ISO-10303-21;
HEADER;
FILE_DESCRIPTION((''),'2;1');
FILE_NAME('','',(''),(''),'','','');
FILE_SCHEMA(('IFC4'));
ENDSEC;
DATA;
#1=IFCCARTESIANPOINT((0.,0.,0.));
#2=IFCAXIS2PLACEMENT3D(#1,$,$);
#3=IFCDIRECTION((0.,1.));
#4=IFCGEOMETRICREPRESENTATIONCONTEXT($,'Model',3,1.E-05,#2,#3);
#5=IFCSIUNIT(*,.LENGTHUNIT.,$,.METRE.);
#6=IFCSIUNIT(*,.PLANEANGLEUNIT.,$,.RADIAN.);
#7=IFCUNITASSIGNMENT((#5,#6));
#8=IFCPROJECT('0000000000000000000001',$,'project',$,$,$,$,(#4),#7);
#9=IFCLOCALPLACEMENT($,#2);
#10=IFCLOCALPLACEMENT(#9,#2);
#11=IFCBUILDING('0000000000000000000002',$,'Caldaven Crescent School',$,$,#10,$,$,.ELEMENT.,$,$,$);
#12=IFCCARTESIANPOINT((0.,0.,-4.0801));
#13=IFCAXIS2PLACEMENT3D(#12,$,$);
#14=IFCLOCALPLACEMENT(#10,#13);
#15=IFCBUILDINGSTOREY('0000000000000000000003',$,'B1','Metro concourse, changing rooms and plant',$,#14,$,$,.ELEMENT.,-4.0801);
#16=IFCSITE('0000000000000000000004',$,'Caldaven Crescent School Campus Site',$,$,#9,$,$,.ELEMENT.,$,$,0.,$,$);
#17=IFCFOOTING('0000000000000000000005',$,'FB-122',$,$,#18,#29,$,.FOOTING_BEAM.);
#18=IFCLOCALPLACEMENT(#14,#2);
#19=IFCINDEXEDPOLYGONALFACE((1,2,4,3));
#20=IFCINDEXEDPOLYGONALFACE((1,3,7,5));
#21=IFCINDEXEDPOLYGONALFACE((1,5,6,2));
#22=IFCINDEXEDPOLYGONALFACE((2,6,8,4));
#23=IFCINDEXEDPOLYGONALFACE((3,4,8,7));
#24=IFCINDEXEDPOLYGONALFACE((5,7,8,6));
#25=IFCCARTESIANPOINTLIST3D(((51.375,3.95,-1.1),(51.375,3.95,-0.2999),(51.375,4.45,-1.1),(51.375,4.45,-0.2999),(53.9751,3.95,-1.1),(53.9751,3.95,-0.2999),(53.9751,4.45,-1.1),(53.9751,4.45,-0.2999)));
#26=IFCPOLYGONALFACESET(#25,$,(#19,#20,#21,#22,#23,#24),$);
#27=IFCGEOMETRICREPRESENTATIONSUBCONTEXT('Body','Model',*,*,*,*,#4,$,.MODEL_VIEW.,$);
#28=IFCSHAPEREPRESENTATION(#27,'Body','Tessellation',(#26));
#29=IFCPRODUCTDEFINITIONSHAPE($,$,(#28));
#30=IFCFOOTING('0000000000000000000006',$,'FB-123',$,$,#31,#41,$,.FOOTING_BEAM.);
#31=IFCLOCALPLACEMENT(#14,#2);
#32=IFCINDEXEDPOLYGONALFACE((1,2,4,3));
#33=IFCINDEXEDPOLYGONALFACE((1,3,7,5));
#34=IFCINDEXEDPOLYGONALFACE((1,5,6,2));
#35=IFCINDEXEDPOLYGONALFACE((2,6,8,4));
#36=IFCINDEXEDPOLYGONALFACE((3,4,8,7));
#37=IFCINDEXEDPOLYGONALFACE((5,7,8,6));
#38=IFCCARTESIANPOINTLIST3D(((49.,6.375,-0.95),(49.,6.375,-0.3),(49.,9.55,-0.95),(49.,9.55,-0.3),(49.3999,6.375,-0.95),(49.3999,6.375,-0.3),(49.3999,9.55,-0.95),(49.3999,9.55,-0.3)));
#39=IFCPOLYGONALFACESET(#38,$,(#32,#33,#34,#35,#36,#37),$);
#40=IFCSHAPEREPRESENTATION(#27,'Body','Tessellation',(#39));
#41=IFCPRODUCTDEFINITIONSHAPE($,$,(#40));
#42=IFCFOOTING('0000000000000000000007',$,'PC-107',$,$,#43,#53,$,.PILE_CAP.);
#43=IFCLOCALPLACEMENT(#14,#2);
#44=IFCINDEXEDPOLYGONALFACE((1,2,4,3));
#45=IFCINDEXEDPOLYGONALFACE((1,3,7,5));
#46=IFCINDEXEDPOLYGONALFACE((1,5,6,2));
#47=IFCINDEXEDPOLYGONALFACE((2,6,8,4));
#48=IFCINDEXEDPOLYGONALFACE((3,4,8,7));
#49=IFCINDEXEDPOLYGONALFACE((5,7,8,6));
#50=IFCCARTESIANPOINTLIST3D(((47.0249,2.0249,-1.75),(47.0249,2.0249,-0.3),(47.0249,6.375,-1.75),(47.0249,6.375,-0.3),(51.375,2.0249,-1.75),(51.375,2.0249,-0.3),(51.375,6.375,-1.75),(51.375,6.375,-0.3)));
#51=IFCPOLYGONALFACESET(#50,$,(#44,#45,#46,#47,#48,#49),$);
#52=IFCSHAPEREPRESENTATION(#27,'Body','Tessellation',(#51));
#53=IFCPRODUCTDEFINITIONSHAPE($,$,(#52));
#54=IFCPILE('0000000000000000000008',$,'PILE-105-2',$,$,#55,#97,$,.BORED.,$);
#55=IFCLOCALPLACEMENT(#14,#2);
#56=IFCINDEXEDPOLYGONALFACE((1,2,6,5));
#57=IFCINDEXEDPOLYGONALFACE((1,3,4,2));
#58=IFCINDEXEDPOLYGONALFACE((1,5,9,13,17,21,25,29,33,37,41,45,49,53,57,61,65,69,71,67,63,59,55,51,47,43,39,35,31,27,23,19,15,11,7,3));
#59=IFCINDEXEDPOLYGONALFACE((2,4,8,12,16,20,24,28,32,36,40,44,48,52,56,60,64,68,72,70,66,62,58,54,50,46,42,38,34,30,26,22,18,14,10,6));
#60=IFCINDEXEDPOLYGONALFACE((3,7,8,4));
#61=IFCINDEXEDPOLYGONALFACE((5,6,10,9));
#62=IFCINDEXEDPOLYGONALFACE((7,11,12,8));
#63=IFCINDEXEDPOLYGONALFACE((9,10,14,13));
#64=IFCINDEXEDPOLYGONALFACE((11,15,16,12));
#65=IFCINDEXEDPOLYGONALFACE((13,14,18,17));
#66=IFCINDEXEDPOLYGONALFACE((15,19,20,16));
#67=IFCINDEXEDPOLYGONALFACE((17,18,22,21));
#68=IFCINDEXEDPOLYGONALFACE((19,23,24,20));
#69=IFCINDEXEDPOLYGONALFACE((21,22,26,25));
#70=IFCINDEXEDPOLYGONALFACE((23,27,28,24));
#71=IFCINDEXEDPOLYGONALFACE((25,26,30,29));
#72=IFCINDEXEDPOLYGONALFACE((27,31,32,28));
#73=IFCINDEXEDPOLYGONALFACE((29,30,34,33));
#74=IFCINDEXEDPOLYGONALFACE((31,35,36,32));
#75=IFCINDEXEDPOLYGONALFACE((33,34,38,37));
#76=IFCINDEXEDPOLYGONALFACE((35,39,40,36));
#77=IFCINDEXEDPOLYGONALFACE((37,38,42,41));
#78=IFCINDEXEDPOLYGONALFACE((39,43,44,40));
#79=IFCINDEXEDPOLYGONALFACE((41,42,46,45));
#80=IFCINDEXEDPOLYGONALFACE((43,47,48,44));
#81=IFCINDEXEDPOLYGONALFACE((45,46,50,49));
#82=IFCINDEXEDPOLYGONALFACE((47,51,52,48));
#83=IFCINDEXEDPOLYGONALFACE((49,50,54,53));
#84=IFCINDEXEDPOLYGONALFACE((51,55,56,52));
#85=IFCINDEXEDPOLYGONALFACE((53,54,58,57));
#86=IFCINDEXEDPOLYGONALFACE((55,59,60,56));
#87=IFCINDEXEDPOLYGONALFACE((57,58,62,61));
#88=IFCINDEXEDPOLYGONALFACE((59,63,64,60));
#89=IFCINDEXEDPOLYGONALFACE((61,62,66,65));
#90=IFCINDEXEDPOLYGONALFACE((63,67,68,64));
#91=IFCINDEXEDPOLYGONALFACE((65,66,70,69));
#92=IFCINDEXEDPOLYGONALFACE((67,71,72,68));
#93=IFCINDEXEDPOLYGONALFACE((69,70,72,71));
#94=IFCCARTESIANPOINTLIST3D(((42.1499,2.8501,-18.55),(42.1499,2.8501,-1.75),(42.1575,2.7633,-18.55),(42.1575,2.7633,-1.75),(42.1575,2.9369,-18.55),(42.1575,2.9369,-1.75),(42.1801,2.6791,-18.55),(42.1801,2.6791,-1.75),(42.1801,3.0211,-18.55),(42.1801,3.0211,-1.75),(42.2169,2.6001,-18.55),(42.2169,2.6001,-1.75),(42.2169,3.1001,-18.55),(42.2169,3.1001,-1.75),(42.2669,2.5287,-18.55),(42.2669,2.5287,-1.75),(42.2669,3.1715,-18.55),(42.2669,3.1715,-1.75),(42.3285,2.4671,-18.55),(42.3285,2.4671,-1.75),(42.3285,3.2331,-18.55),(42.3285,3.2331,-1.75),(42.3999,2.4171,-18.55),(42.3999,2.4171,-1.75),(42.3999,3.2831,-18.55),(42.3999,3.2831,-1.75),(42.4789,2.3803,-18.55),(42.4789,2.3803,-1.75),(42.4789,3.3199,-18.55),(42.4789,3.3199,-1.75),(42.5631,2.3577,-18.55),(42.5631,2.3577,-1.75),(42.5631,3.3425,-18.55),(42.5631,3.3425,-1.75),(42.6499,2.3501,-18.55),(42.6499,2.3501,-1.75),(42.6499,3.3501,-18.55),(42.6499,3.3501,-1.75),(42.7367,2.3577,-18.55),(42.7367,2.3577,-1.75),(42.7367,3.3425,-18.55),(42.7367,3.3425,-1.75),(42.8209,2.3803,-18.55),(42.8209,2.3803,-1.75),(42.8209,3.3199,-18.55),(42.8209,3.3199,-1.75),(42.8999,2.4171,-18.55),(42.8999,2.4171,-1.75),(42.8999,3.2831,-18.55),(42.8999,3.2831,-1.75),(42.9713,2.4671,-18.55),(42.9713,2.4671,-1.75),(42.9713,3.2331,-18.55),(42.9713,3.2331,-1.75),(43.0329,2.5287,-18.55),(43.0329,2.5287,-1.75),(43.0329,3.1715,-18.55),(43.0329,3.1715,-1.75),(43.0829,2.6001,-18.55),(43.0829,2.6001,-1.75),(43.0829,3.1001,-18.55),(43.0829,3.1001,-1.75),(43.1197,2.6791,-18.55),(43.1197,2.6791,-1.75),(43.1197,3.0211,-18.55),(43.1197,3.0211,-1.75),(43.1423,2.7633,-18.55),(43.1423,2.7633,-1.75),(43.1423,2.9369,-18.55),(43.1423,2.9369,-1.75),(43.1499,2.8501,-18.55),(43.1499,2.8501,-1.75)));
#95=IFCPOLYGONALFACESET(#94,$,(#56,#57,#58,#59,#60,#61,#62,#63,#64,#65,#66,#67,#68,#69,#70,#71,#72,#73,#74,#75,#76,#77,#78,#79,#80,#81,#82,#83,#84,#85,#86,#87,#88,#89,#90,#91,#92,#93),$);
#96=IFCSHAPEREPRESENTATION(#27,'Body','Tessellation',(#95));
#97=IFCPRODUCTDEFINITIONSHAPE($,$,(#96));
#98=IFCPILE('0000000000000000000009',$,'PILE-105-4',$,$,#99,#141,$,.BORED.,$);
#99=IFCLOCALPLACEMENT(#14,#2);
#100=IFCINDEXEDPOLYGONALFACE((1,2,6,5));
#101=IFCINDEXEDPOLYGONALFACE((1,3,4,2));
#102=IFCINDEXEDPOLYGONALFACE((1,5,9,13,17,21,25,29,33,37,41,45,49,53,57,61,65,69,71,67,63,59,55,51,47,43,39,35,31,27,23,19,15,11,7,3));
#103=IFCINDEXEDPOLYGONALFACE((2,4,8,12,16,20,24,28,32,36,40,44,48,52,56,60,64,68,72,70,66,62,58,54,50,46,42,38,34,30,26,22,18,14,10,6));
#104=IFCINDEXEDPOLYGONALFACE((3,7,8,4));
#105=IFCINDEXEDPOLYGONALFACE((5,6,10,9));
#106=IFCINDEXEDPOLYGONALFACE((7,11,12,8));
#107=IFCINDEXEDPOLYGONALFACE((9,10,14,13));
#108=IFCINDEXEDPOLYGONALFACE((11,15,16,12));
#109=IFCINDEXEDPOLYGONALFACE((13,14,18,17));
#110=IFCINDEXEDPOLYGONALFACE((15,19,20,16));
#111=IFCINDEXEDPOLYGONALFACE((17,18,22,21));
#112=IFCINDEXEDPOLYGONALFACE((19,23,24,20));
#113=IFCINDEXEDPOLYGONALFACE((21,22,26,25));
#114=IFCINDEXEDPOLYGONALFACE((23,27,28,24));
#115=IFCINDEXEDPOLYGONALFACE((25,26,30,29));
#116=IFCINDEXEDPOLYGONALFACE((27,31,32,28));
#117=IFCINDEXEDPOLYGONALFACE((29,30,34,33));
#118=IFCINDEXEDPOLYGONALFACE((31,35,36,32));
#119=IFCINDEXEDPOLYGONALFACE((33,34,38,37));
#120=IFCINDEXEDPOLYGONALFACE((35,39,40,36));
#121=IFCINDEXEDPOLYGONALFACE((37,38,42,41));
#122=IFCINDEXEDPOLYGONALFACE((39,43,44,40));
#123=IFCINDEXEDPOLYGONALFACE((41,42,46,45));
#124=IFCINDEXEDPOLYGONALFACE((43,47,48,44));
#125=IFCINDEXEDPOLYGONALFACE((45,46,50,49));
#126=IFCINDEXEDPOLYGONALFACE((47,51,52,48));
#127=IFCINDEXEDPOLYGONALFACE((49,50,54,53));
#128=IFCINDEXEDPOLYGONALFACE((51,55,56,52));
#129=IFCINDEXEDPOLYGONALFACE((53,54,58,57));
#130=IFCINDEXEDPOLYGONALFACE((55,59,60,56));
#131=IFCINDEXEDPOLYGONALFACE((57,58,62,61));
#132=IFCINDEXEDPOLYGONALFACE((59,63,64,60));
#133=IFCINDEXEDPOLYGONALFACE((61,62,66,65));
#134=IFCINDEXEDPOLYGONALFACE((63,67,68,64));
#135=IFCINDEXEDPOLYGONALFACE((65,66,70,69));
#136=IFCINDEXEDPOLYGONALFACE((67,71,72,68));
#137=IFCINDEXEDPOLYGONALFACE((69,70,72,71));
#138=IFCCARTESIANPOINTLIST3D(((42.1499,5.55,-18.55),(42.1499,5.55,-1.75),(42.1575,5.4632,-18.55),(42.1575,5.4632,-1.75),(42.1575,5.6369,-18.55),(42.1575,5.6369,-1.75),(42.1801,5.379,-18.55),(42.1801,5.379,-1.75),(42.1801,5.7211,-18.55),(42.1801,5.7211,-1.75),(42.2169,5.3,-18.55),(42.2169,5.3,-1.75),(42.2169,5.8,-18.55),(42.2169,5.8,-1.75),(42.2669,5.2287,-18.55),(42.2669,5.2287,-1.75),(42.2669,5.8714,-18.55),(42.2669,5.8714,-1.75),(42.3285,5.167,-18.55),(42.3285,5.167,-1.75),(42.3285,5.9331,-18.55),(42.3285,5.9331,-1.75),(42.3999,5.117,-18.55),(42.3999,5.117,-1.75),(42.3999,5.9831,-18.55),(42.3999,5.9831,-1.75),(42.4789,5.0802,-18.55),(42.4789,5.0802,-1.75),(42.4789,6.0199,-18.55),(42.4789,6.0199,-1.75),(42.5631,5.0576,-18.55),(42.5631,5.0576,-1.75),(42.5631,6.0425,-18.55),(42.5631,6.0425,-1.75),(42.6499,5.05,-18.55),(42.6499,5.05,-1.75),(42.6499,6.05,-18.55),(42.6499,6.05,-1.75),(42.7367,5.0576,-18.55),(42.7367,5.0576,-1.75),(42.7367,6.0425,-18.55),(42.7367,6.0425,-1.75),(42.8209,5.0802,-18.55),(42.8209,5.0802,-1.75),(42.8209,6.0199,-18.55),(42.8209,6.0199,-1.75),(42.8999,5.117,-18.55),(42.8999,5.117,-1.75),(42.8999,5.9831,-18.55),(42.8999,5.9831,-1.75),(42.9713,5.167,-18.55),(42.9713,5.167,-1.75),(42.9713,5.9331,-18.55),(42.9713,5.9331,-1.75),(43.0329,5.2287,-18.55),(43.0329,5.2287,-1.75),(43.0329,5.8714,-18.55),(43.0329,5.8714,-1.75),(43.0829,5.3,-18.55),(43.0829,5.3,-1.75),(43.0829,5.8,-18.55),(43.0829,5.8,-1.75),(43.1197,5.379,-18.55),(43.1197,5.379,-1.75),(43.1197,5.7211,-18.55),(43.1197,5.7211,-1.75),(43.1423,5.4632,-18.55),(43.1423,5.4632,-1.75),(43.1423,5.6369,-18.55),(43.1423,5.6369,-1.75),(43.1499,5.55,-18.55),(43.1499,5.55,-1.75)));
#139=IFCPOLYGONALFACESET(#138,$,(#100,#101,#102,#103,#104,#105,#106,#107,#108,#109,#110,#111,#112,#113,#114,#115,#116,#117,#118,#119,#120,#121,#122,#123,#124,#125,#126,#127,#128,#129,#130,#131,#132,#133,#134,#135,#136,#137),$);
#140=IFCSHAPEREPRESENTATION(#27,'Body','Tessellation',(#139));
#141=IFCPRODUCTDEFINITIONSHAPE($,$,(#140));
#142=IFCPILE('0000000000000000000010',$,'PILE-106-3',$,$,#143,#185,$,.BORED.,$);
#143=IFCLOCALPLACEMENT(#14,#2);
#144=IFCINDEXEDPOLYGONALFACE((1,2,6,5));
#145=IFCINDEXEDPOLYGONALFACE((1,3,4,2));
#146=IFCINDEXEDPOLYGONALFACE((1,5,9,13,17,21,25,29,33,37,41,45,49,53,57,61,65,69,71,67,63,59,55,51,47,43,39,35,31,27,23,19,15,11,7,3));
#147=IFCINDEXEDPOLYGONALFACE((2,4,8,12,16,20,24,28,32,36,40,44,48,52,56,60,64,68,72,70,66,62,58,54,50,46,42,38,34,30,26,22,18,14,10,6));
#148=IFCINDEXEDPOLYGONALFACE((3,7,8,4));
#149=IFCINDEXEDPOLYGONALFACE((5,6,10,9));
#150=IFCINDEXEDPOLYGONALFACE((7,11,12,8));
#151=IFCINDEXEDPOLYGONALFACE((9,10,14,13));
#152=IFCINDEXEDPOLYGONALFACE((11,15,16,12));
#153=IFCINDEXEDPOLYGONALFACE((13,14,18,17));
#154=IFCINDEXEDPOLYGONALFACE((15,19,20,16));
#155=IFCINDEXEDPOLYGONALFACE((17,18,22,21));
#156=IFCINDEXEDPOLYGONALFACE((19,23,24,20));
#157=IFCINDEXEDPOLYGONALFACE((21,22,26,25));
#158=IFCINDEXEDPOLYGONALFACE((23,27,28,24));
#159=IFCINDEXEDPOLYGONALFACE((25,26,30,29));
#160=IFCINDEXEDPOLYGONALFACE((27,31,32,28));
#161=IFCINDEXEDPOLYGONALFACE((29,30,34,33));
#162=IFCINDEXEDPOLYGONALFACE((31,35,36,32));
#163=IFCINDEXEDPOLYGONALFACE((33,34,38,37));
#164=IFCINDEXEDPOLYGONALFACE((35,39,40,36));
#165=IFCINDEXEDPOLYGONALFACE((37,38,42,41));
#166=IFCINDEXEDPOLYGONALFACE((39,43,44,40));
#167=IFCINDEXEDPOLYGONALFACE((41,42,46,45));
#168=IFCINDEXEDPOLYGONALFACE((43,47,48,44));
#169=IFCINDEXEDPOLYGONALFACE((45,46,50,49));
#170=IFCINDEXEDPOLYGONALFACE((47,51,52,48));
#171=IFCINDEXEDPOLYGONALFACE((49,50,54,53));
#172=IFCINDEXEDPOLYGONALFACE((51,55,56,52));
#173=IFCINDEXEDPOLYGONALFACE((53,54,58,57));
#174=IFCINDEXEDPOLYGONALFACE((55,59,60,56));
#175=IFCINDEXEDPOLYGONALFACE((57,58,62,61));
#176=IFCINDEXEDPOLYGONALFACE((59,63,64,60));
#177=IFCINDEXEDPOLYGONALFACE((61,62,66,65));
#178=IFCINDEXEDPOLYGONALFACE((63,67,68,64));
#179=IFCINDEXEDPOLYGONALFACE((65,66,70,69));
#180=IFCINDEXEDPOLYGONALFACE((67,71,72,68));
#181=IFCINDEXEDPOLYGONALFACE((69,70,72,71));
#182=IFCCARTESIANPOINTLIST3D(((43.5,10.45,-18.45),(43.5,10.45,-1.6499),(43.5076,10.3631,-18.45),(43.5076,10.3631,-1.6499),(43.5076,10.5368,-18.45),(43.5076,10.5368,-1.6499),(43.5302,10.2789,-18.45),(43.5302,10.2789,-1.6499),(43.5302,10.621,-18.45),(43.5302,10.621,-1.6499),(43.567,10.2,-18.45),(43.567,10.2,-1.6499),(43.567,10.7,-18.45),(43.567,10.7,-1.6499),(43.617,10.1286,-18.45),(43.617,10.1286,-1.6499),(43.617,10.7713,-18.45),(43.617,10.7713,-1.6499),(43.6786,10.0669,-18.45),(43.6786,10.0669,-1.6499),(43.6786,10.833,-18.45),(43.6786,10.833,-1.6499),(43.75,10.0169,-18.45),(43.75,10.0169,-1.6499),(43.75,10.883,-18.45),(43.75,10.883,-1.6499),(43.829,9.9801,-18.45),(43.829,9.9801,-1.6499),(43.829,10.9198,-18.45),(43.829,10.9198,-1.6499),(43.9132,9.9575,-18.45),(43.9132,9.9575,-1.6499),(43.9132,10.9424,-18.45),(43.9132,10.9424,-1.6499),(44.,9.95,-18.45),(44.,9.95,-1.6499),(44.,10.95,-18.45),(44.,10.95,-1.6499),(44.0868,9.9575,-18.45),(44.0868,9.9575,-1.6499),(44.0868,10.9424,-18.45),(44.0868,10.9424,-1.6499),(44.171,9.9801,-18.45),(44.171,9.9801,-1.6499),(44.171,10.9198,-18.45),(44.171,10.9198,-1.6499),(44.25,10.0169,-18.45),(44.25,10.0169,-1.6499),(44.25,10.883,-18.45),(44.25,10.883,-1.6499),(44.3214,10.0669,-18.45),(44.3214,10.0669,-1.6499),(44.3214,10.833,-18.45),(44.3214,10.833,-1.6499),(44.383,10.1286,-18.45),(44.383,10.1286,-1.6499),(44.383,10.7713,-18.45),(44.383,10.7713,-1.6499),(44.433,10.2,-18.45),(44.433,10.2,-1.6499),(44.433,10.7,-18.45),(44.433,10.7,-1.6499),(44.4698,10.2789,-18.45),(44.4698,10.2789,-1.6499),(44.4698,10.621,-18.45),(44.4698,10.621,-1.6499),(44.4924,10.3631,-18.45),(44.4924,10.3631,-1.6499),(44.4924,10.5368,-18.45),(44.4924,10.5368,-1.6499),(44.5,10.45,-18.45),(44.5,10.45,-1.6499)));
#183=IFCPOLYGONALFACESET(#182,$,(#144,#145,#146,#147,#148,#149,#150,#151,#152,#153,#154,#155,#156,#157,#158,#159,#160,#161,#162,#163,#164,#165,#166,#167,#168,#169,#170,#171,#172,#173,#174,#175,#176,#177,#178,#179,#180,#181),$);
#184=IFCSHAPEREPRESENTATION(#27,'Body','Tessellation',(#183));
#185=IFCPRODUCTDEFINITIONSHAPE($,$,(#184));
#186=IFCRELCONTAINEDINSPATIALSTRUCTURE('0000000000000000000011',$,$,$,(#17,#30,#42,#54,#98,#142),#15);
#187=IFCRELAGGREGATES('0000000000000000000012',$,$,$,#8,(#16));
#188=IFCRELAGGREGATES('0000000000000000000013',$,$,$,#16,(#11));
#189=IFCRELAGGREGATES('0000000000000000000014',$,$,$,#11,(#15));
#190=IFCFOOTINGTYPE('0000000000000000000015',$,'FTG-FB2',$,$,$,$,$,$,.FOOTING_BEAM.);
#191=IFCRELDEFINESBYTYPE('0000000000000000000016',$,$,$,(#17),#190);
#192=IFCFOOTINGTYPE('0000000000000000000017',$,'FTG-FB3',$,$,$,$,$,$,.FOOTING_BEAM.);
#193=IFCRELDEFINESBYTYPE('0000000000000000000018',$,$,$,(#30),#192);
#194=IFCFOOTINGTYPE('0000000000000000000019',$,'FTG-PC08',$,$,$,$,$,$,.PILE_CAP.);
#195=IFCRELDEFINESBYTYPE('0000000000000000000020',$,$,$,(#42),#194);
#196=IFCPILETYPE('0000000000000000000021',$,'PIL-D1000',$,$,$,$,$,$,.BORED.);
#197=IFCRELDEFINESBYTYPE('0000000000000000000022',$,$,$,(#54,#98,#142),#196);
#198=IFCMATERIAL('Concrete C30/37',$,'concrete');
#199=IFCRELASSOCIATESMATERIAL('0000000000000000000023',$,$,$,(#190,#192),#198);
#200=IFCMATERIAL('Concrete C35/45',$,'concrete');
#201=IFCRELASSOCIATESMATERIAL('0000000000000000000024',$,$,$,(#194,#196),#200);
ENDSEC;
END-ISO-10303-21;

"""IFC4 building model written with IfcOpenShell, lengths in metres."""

from ifc_helpers import new_model, si_unit, direction, frame, origin, origin_2d, place, context, subcontext, project, spatial, rectangle, circle, extrude, material, material_profile, profile_set, type_object, element, save


model = new_model("IFC4")

# Units and contexts
model_context = context("Model", 3, precision=1e-05, world=origin(), true_north=direction((0.0, 1.0)))
body_context = subcontext(model_context, "Body", "Model", "MODEL_VIEW")
ifc_project = project(units=[si_unit("LENGTHUNIT", "METRE"), si_unit("PLANEANGLEUNIT", "RADIAN")], contexts=[model_context])

# Site, building, storey
site_placement = place(None, origin())
site = spatial("IfcSite", under=ifc_project, at=site_placement, Name="Caldaven Crescent School Campus Site", CompositionType="ELEMENT", RefElevation=0.0)
building_placement = place(site_placement, origin())
building = spatial("IfcBuilding", under=site, at=building_placement, Name="Caldaven Crescent School", CompositionType="ELEMENT")
storey_placement = place(building_placement, frame((0.0, 0.0, -4.0801)))
storey = spatial("IfcBuildingStorey", under=building, at=storey_placement, Name="B1", Description="Metro concourse, changing rooms and plant", CompositionType="ELEMENT", Elevation=-4.0801)

# Footings
ifc_material_1 = material(Name="Concrete C30/37", Category="concrete")
ifc_material_profile_1 = material_profile(ifc_material_1, rectangle(XDim=0.5, YDim=0.8, at=origin_2d()), Name="FB 500x800")
ifc_profile_set_1 = profile_set([ifc_material_profile_1], Name="Concrete C30/37")
footing_type_1 = type_object("IfcFootingType", Name="FTG-FB2", PredefinedType="FOOTING_BEAM", material=ifc_profile_set_1)
footing_1_placement = place(storey_placement, frame((51.375, 4.2, -0.7), z_axis=(1.0, 0.0, 0.0), x_axis=(0.0, 1.0, 0.0)))
element("IfcFooting", 1, at=footing_1_placement, inside=storey, type_object=footing_type_1, Name="FB-122", PredefinedType="FOOTING_BEAM", context=body_context, shape_type="SweptSolid", body=[
    extrude(rectangle(XDim=0.5, YDim=0.8, at=origin_2d()), origin(), (0.0, 0.0, 1.0), 2.6001),
])
ifc_material_profile_2 = material_profile(ifc_material_1, rectangle(XDim=0.3999, YDim=0.6499, at=origin_2d()), Name="FB 400x650")
ifc_profile_set_2 = profile_set([ifc_material_profile_2], Name="Concrete C30/37")
footing_type_2 = type_object("IfcFootingType", Name="FTG-FB3", PredefinedType="FOOTING_BEAM", material=ifc_profile_set_2)
footing_2_placement = place(storey_placement, frame((49.2, 6.375, -0.625), z_axis=(0.0, 1.0, 0.0), x_axis=(-1.0, 0.0, 0.0)))
element("IfcFooting", 2, at=footing_2_placement, inside=storey, type_object=footing_type_2, Name="FB-123", PredefinedType="FOOTING_BEAM", context=body_context, shape_type="SweptSolid", body=[
    extrude(rectangle(XDim=0.3999, YDim=0.6499, at=origin_2d()), origin(), (0.0, 0.0, 1.0), 3.175),
])
ifc_material_2 = material(Name="Concrete C35/45", Category="concrete")
footing_type_3 = type_object("IfcFootingType", Name="FTG-PC08", PredefinedType="PILE_CAP", material=ifc_material_2)
footing_3_placement = place(storey_placement, frame((49.2, 4.2, -1.75), z_axis=(0.0, 0.0, 1.0), x_axis=(1.0, 0.0, 0.0)))
element("IfcFooting", 3, at=footing_3_placement, inside=storey, type_object=footing_type_3, Name="PC-107", PredefinedType="PILE_CAP", context=body_context, shape_type="SweptSolid", body=[
    extrude(rectangle(XDim=4.3501, YDim=4.3501, at=origin_2d()), origin(), (0.0, 0.0, 1.0), 1.45),
])

# Piles
ifc_material_profile_3 = material_profile(ifc_material_2, circle(Radius=0.5, at=origin_2d()), Name="PILE D1000")
ifc_profile_set_3 = profile_set([ifc_material_profile_3], Name="Concrete C35/45")
pile_type_1 = type_object("IfcPileType", Name="PIL-D1000", PredefinedType="BORED", material=ifc_profile_set_3)
for number, where, z_axis, x_axis, name in (
    (4, (42.6499, 2.8501, -1.75), (0.0, 0.0, -1.0), (1.0, 0.0, 0.0), "PILE-105-2"),
    (5, (42.6499, 5.55, -1.75), (0.0, 0.0, -1.0), (1.0, 0.0, 0.0), "PILE-105-4"),
    (6, (44.0, 10.45, -1.6499), (0.0, 0.0, -1.0), (1.0, 0.0, 0.0), "PILE-106-3"),
):
    element("IfcPile", number, at=place(storey_placement, frame(where, z_axis=z_axis, x_axis=x_axis)), inside=storey, type_object=pile_type_1, Name=name, PredefinedType="BORED", context=body_context, shape_type="SweptSolid", body=[
        extrude(circle(Radius=0.5, at=origin_2d()), origin(), (0.0, 0.0, 1.0), 16.8),
    ])

save(model, "model.ifc")
